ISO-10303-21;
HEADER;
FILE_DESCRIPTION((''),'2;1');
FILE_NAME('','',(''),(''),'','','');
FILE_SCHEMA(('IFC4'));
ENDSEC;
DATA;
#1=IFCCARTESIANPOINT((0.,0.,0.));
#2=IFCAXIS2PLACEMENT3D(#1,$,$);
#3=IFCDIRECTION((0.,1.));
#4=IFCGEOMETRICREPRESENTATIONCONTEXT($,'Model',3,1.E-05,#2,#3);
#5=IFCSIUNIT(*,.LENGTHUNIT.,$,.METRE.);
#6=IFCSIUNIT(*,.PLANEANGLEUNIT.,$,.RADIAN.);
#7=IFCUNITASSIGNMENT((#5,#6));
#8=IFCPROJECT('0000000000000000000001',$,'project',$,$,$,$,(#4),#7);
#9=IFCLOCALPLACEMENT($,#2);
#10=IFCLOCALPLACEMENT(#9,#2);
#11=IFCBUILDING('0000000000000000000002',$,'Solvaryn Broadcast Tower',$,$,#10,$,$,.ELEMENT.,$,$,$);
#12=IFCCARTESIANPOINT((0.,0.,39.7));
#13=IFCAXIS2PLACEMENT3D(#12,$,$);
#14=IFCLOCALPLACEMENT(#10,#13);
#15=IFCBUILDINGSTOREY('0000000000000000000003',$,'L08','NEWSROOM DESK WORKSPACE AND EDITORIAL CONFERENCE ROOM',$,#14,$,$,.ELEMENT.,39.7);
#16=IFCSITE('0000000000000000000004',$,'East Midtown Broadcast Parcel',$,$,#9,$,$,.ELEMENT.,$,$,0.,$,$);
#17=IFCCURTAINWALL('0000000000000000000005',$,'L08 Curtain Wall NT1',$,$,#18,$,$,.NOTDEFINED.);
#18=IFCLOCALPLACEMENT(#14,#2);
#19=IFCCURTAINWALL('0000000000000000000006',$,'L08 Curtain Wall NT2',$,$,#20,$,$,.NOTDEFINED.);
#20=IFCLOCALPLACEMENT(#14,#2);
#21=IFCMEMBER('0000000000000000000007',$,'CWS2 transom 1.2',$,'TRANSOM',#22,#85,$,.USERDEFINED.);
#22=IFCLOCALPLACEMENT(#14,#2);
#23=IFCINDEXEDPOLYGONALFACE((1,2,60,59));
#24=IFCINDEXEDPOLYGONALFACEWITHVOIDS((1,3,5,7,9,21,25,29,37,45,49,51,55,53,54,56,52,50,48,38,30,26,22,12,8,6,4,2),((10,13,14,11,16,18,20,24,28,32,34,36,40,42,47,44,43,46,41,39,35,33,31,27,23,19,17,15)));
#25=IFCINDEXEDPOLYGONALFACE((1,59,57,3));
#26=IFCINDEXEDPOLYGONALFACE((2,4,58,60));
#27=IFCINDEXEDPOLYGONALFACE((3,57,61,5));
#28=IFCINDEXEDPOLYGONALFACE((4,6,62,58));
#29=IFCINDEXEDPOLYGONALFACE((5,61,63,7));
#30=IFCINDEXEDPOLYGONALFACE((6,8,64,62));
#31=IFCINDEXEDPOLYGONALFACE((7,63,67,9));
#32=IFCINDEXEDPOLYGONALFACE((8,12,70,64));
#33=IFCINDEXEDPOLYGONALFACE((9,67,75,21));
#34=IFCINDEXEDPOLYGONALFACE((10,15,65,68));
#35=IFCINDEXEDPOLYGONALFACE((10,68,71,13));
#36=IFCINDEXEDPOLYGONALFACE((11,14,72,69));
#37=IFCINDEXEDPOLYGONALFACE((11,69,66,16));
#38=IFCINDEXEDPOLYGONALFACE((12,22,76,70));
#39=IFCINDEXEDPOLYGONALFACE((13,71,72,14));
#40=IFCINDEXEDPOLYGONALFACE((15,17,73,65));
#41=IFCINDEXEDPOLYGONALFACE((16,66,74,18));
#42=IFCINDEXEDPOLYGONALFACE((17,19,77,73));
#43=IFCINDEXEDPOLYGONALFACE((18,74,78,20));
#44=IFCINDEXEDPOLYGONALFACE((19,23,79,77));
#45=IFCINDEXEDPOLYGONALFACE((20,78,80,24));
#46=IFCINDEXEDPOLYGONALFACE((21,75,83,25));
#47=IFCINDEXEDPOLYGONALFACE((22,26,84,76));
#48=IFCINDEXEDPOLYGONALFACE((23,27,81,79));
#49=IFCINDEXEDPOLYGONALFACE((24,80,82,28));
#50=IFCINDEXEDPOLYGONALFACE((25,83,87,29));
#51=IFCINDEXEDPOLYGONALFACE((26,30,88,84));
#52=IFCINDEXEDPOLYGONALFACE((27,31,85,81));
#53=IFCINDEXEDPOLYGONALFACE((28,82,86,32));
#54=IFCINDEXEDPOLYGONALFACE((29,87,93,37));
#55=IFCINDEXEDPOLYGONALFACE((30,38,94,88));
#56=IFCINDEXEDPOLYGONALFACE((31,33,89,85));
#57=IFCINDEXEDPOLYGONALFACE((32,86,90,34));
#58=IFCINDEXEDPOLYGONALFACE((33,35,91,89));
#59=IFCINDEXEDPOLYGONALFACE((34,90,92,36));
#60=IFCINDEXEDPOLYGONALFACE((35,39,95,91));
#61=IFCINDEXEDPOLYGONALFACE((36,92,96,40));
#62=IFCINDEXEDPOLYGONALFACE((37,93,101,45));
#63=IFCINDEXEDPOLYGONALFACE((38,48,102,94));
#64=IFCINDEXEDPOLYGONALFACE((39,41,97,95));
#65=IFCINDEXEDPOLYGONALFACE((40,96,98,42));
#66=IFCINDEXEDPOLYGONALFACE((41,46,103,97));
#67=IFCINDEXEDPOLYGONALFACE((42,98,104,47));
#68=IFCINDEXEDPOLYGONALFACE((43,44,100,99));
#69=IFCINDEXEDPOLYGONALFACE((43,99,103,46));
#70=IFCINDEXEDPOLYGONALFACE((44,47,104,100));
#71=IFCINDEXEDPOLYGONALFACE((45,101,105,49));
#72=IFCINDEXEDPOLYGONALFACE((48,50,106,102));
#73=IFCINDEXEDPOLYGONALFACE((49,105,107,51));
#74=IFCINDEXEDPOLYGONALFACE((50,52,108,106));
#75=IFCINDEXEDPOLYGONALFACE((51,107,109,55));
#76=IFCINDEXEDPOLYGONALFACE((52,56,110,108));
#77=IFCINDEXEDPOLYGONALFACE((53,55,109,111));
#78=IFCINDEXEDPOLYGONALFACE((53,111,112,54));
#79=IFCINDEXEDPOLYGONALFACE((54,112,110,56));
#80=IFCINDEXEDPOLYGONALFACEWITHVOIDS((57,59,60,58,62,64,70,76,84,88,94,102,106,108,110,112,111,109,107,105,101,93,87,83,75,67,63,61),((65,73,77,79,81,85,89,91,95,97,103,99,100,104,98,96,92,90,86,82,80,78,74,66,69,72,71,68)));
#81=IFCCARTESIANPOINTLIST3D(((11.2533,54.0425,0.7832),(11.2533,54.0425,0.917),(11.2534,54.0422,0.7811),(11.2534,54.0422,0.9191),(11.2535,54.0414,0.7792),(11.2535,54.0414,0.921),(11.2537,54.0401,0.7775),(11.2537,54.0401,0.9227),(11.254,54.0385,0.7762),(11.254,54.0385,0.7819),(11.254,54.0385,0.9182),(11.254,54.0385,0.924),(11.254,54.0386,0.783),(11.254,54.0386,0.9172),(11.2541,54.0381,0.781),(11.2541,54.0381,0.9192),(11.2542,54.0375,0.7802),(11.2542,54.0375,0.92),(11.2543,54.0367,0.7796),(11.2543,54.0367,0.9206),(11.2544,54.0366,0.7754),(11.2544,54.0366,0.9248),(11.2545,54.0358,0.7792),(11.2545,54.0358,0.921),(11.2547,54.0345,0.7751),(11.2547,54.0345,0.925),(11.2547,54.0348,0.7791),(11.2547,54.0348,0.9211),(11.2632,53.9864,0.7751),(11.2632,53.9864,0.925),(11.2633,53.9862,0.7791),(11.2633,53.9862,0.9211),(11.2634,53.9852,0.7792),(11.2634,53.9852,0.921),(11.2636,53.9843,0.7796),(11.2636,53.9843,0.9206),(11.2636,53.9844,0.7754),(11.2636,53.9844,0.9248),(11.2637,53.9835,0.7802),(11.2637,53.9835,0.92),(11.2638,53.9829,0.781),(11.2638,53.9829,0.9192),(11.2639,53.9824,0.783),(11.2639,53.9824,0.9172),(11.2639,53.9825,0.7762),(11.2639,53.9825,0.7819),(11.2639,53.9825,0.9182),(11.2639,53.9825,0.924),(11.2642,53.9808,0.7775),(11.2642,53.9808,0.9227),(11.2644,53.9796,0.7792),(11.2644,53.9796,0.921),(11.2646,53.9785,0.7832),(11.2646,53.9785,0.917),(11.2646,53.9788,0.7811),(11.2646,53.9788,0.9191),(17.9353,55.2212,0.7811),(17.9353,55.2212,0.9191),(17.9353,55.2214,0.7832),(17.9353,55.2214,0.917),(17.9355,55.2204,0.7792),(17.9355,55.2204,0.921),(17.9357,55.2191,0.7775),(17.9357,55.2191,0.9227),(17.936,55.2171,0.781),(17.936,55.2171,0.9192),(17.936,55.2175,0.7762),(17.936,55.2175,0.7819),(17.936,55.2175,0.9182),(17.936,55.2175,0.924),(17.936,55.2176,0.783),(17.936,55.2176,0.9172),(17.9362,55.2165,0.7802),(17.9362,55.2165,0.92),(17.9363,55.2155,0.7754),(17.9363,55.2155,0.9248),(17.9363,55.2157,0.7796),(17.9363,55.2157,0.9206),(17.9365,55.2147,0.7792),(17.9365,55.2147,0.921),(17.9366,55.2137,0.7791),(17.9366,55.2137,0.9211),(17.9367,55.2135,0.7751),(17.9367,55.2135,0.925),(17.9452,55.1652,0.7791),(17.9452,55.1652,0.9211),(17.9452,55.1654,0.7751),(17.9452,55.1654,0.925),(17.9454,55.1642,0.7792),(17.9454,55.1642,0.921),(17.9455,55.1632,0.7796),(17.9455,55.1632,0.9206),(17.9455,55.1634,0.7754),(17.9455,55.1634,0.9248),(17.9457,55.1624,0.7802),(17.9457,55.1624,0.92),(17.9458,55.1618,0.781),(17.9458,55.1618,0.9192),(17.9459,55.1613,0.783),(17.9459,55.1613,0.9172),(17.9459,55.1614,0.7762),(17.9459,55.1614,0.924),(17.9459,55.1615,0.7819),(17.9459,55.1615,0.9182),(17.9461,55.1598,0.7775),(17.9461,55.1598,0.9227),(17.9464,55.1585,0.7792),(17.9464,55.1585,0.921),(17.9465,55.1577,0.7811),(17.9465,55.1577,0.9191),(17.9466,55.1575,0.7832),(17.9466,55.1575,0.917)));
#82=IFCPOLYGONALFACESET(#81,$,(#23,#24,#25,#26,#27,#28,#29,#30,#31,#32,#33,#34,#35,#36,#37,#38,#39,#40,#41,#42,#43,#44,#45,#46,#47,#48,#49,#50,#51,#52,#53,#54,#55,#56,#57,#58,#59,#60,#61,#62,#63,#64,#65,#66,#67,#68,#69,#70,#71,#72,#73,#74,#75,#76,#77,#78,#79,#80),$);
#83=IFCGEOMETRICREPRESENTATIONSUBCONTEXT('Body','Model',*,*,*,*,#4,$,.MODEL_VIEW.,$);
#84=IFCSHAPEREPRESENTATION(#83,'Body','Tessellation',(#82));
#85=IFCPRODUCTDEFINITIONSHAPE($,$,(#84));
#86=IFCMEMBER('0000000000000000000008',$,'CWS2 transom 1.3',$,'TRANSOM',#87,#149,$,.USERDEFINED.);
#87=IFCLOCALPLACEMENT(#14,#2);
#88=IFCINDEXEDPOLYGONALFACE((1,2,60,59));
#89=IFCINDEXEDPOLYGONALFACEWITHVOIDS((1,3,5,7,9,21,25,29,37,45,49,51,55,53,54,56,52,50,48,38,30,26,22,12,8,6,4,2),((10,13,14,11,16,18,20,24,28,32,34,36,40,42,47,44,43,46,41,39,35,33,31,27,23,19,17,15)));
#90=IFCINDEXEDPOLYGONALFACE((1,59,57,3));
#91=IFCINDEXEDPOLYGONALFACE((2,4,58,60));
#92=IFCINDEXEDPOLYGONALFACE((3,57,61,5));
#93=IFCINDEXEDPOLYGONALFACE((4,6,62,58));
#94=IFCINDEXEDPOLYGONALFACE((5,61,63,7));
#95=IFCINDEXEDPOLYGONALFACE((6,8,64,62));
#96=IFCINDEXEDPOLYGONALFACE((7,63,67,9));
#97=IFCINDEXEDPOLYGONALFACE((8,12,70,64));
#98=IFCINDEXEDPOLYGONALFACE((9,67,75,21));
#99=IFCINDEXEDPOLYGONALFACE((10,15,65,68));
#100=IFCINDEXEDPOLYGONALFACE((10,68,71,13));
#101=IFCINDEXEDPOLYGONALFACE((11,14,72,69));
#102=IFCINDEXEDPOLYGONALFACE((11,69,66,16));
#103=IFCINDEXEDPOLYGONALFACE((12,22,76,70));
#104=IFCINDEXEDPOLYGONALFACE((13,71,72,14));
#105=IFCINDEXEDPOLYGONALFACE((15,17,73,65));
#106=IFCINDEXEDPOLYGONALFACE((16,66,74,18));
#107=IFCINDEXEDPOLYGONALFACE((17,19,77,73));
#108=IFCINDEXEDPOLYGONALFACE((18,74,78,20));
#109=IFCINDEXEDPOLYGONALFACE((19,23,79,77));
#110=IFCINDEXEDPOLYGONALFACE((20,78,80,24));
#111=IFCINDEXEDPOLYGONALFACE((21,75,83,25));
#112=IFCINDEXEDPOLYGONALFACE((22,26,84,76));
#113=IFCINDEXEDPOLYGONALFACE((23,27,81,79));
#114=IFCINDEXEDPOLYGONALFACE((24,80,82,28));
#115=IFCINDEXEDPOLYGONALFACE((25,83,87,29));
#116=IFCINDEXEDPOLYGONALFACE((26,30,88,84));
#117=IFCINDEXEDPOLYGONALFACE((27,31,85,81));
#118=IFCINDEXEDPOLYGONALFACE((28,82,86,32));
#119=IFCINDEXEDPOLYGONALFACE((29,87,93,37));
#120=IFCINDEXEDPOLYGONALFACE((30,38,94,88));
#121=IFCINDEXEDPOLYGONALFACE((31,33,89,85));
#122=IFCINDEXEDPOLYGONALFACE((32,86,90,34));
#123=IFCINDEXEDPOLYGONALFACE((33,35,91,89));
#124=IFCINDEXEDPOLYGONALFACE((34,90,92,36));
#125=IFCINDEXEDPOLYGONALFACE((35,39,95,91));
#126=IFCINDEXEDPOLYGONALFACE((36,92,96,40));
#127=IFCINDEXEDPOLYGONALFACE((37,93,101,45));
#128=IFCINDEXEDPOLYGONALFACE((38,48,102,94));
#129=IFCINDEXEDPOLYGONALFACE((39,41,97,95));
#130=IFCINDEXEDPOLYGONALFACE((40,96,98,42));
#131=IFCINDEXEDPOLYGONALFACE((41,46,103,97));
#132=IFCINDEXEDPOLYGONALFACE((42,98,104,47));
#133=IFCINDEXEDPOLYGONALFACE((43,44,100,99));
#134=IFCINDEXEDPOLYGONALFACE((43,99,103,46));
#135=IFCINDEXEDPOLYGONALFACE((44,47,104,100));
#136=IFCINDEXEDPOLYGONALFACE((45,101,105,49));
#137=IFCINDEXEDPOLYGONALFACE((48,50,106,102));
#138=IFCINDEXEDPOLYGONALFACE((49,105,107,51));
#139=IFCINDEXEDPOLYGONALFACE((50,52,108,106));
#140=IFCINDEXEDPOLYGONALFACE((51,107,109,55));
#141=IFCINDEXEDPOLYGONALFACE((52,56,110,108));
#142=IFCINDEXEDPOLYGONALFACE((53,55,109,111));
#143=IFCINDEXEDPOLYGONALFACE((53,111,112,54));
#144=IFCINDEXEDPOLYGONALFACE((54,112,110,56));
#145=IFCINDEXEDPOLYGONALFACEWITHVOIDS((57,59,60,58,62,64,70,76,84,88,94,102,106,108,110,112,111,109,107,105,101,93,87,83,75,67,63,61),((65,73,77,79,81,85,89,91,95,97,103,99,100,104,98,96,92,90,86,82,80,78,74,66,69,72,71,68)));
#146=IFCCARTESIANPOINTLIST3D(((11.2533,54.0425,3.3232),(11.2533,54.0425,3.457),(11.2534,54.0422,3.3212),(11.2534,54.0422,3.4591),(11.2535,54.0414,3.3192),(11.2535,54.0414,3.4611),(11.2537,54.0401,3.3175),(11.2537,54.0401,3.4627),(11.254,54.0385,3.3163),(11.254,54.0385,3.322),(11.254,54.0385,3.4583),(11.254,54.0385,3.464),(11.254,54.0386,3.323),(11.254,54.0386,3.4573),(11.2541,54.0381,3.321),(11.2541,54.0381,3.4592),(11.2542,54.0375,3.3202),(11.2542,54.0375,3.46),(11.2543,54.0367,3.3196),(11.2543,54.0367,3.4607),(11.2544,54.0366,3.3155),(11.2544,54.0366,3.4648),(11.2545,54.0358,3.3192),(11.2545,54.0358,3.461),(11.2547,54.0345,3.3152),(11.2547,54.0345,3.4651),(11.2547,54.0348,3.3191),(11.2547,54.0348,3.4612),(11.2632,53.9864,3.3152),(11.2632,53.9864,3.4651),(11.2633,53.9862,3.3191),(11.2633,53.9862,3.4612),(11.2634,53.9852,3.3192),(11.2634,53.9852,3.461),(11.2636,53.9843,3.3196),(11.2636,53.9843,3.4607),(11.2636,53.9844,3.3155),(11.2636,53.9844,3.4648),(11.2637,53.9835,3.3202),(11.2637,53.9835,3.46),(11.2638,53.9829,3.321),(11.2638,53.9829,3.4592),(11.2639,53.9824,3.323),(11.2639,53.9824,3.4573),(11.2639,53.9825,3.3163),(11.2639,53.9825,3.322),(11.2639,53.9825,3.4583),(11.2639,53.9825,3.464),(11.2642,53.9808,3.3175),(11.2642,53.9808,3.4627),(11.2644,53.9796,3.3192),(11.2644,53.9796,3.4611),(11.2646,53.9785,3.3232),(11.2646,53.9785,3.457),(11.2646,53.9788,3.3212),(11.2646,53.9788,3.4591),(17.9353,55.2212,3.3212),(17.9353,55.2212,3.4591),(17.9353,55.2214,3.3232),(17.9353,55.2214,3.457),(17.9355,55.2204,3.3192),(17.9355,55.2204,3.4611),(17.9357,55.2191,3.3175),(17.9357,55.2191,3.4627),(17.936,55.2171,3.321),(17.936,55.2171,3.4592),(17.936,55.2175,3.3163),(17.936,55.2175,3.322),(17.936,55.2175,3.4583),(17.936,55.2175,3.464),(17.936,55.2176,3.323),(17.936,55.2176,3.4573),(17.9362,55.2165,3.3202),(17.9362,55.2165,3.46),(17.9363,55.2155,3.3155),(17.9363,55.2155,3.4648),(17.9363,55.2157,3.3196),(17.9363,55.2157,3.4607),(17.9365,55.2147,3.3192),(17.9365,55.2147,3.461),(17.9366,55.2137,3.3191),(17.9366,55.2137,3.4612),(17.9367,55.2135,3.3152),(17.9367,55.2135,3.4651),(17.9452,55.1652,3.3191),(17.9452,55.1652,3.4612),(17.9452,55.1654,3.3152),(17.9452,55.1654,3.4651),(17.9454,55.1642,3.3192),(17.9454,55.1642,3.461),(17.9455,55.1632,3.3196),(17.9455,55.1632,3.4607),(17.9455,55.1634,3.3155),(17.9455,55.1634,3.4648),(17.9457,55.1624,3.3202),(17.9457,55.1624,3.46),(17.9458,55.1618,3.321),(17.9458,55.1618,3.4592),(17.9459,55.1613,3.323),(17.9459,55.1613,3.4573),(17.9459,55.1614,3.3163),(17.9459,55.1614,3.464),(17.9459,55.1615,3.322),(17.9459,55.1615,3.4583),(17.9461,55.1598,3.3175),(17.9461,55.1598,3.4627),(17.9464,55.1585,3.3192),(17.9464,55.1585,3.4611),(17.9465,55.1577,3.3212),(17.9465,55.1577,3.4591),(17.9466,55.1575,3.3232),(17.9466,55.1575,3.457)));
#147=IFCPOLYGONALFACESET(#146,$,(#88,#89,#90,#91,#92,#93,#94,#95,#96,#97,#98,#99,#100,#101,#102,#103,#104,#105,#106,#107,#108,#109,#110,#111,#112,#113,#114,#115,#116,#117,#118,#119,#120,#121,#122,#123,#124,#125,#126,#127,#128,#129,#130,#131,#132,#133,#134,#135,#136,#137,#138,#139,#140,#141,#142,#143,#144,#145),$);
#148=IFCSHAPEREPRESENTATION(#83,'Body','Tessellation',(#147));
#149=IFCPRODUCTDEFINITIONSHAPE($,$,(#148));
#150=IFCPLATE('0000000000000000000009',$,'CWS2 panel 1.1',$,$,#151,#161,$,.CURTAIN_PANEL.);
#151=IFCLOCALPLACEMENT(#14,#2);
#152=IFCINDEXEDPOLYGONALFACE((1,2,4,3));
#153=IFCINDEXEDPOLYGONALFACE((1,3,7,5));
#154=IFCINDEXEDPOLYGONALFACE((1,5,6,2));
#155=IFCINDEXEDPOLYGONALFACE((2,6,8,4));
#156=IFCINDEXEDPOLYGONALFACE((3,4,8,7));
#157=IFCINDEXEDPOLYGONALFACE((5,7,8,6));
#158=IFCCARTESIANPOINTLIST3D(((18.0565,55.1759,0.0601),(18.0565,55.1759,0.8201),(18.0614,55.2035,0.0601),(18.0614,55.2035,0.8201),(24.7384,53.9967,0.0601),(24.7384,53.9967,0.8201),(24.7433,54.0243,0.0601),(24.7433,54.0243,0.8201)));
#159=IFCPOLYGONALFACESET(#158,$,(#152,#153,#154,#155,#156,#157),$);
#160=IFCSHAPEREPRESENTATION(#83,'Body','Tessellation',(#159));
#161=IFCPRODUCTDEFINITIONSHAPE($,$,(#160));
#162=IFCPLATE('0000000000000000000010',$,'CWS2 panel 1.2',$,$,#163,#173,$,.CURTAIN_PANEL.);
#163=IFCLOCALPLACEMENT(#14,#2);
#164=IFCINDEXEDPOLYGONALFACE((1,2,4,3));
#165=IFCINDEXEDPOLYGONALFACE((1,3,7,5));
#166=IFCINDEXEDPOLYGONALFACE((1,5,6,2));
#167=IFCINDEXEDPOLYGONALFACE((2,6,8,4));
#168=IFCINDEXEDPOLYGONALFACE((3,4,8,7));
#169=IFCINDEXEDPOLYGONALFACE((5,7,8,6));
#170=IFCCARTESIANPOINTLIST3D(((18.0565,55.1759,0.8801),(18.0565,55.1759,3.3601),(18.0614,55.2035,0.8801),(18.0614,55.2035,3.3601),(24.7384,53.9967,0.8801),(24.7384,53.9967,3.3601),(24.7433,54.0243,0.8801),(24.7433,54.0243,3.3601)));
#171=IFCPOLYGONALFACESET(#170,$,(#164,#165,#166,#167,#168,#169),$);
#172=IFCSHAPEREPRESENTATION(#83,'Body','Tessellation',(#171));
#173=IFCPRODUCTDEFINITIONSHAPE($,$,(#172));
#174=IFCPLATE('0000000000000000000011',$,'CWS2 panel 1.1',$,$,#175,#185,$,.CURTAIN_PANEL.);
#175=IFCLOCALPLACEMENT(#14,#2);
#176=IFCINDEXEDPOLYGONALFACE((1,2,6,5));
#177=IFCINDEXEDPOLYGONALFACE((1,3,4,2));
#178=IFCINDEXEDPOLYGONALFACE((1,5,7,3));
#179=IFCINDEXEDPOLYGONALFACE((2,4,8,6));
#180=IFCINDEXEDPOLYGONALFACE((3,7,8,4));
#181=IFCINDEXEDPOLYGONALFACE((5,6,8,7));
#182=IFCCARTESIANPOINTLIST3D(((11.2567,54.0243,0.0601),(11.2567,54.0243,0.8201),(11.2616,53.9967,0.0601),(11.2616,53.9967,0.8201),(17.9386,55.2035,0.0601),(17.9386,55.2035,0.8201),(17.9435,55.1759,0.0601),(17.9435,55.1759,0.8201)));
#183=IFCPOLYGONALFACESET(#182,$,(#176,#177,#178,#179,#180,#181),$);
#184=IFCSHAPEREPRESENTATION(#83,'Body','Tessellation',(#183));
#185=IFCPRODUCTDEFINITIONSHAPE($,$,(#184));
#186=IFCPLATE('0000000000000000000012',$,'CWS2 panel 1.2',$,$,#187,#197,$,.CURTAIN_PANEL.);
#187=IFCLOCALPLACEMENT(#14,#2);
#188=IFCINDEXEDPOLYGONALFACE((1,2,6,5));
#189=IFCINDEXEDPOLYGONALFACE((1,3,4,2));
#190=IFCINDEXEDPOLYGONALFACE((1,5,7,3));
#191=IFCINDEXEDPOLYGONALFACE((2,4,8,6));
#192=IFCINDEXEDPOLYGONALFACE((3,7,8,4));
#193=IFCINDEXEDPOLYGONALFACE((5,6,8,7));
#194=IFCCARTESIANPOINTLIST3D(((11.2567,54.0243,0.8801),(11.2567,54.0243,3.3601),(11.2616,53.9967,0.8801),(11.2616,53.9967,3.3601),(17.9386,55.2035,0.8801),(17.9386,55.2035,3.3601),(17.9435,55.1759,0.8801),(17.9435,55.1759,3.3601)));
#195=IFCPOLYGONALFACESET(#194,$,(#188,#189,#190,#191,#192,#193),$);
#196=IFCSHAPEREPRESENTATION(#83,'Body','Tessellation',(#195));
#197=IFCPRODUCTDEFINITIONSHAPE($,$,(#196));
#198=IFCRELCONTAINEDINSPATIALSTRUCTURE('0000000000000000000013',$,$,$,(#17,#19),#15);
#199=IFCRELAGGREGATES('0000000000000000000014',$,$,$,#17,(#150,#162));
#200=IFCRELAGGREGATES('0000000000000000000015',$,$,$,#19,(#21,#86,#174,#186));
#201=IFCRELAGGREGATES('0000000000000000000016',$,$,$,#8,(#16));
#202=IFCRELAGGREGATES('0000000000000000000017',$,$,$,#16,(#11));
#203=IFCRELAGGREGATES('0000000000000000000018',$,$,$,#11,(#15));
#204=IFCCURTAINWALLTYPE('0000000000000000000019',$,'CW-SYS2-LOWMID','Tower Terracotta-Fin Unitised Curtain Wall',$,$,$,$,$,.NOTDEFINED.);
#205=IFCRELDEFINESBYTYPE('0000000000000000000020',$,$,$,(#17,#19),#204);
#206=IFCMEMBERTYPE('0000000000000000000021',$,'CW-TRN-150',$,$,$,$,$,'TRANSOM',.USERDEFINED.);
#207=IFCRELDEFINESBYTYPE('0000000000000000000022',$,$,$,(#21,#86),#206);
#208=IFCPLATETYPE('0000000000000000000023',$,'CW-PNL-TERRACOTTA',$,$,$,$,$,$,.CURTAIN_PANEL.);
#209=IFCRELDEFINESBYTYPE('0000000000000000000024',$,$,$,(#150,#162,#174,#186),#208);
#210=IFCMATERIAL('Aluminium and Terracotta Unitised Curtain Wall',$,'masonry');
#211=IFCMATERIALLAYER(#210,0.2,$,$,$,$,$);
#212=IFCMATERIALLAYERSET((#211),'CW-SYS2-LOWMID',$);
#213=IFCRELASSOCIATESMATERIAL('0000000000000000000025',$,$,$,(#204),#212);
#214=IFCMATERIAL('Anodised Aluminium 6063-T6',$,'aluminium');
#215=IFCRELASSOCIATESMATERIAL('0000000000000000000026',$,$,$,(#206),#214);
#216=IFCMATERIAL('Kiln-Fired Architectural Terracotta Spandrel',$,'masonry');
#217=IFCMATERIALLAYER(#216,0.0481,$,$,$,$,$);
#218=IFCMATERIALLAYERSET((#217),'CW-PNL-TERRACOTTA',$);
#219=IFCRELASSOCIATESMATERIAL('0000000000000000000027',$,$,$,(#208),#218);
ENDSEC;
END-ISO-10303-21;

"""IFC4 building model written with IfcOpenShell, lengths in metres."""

from ifc_helpers import new_model, si_unit, direction, frame, origin, origin_2d, place, context, subcontext, project, spatial, rectangle, hollow_rectangle, extrude, material, layer, layer_set, material_profile, profile_set, type_object, element, aggregate, save


model = new_model("IFC4")

# Units and contexts
model_context = context("Model", 3, precision=1e-05, world=origin(), true_north=direction((0.0, 1.0)))
body_context = subcontext(model_context, "Body", "Model", "MODEL_VIEW")
ifc_project = project(units=[si_unit("LENGTHUNIT", "METRE"), si_unit("PLANEANGLEUNIT", "RADIAN")], contexts=[model_context])

# Site, building, storey
site_placement = place(None, origin())
site = spatial("IfcSite", under=ifc_project, at=site_placement, Name="East Midtown Broadcast Parcel", CompositionType="ELEMENT", RefElevation=0.0)
building_placement = place(site_placement, origin())
building = spatial("IfcBuilding", under=site, at=building_placement, Name="Solvaryn Broadcast Tower", CompositionType="ELEMENT")
storey_placement = place(building_placement, frame((0.0, 0.0, 39.7)))
storey = spatial("IfcBuildingStorey", under=building, at=storey_placement, Name="L08", Description="NEWSROOM DESK WORKSPACE AND EDITORIAL CONFERENCE ROOM", CompositionType="ELEMENT", Elevation=39.7)

# Curtain wall
ifc_material_1 = material(Name="Aluminium and Terracotta Unitised Curtain Wall", Category="masonry")
ifc_layer_1 = layer(ifc_material_1, 0.2)
ifc_layer_set_1 = layer_set([ifc_layer_1], Name="CW-SYS2-LOWMID")
curtain_wall_type = type_object("IfcCurtainWallType", Name="CW-SYS2-LOWMID", Description="Tower Terracotta-Fin Unitised Curtain Wall", PredefinedType="NOTDEFINED", material=ifc_layer_set_1)
curtain_wall_1_placement = place(storey_placement, origin())
curtain_wall_1 = element("IfcCurtainWall", 1, at=curtain_wall_1_placement, inside=storey, type_object=curtain_wall_type, Name="L08 Curtain Wall NT1", PredefinedType="NOTDEFINED")

# Curtain wall, members
curtain_wall_2_placement = place(storey_placement, origin())
curtain_wall_2 = element("IfcCurtainWall", 2, at=curtain_wall_2_placement, inside=storey, type_object=curtain_wall_type, Name="L08 Curtain Wall NT2", PredefinedType="NOTDEFINED")
ifc_material_2 = material(Name="Anodised Aluminium 6063-T6", Category="aluminium")
ifc_material_profile_1 = material_profile(ifc_material_2, hollow_rectangle(XDim=0.0649, YDim=0.1499, WallThickness=0.0039, InnerFilletRadius=0.0039, OuterFilletRadius=0.0081, at=origin_2d()))
ifc_profile_set_1 = profile_set([ifc_material_profile_1], Name="Anodised Aluminium 6063-T6")
member_type_1 = type_object("IfcMemberType", Name="CW-TRN-150", ElementType="TRANSOM", PredefinedType="USERDEFINED", material=ifc_profile_set_1)
member_1_placement = place(storey_placement, frame((17.9409, 55.1895, 0.8501), z_axis=(-0.984789, -0.173757, 0.0), x_axis=(0.173757, -0.984789, 0.0)))
member_1 = element("IfcMember", 3, at=member_1_placement, type_object=member_type_1, Name="CWS2 transom 1.2", ObjectType="TRANSOM", PredefinedType="USERDEFINED", context=body_context, shape_type="SweptSolid", body=[
    extrude(hollow_rectangle(XDim=0.0649, YDim=0.1499, WallThickness=0.0039, InnerFilletRadius=0.0039, OuterFilletRadius=0.0081, at=origin_2d()), origin(), (0.0, 0.0, 1.0), 6.7852),
])
member_2_placement = place(storey_placement, frame((17.9409, 55.1895, 3.3901), z_axis=(-0.984789, -0.173757, 0.0), x_axis=(0.173757, -0.984789, 0.0)))
member_2 = element("IfcMember", 4, at=member_2_placement, type_object=member_type_1, Name="CWS2 transom 1.3", ObjectType="TRANSOM", PredefinedType="USERDEFINED", context=body_context, shape_type="SweptSolid", body=[
    extrude(hollow_rectangle(XDim=0.0649, YDim=0.1499, WallThickness=0.0039, InnerFilletRadius=0.0039, OuterFilletRadius=0.0081, at=origin_2d()), origin(), (0.0, 0.0, 1.0), 6.7852),
])

# Plates
ifc_material_3 = material(Name="Kiln-Fired Architectural Terracotta Spandrel", Category="masonry")
ifc_layer_2 = layer(ifc_material_3, 0.0481)
ifc_layer_set_2 = layer_set([ifc_layer_2], Name="CW-PNL-TERRACOTTA")
plate_type = type_object("IfcPlateType", Name="CW-PNL-TERRACOTTA", PredefinedType="CURTAIN_PANEL", material=ifc_layer_set_2)
plate_1_placement = place(storey_placement, frame((21.3999, 54.6001, 0.0601), z_axis=(0.0, 0.0, 1.0), x_axis=(-0.984784, 0.173785, 0.0)))
plate_1 = element("IfcPlate", 5, at=plate_1_placement, type_object=plate_type, Name="CWS2 panel 1.1", PredefinedType="CURTAIN_PANEL", context=body_context, shape_type="SweptSolid", body=[
    extrude(rectangle(XDim=6.7852, YDim=0.0281, at=origin_2d()), origin(), (0.0, 0.0, 1.0), 0.76),
])
plate_2_placement = place(storey_placement, frame((21.3999, 54.6001, 0.8801), z_axis=(0.0, 0.0, 1.0), x_axis=(-0.984784, 0.173785, 0.0)))
plate_2 = element("IfcPlate", 6, at=plate_2_placement, type_object=plate_type, Name="CWS2 panel 1.2", PredefinedType="CURTAIN_PANEL", context=body_context, shape_type="SweptSolid", body=[
    extrude(rectangle(XDim=6.7852, YDim=0.0281, at=origin_2d()), origin(), (0.0, 0.0, 1.0), 2.48),
])
aggregate(curtain_wall_1, [plate_1, plate_2])
plate_3_placement = place(storey_placement, frame((14.6001, 54.6001, 0.0601), z_axis=(0.0, 0.0, 1.0), x_axis=(-0.984784, -0.173785, 0.0)))
plate_3 = element("IfcPlate", 7, at=plate_3_placement, type_object=plate_type, Name="CWS2 panel 1.1", PredefinedType="CURTAIN_PANEL", context=body_context, shape_type="SweptSolid", body=[
    extrude(rectangle(XDim=6.7852, YDim=0.0281, at=origin_2d()), origin(), (0.0, 0.0, 1.0), 0.76),
])
plate_4_placement = place(storey_placement, frame((14.6001, 54.6001, 0.8801), z_axis=(0.0, 0.0, 1.0), x_axis=(-0.984784, -0.173785, 0.0)))
plate_4 = element("IfcPlate", 8, at=plate_4_placement, type_object=plate_type, Name="CWS2 panel 1.2", PredefinedType="CURTAIN_PANEL", context=body_context, shape_type="SweptSolid", body=[
    extrude(rectangle(XDim=6.7852, YDim=0.0281, at=origin_2d()), origin(), (0.0, 0.0, 1.0), 2.48),
])
aggregate(curtain_wall_2, [member_1, member_2, plate_3, plate_4])

save(model, "model.ifc")
